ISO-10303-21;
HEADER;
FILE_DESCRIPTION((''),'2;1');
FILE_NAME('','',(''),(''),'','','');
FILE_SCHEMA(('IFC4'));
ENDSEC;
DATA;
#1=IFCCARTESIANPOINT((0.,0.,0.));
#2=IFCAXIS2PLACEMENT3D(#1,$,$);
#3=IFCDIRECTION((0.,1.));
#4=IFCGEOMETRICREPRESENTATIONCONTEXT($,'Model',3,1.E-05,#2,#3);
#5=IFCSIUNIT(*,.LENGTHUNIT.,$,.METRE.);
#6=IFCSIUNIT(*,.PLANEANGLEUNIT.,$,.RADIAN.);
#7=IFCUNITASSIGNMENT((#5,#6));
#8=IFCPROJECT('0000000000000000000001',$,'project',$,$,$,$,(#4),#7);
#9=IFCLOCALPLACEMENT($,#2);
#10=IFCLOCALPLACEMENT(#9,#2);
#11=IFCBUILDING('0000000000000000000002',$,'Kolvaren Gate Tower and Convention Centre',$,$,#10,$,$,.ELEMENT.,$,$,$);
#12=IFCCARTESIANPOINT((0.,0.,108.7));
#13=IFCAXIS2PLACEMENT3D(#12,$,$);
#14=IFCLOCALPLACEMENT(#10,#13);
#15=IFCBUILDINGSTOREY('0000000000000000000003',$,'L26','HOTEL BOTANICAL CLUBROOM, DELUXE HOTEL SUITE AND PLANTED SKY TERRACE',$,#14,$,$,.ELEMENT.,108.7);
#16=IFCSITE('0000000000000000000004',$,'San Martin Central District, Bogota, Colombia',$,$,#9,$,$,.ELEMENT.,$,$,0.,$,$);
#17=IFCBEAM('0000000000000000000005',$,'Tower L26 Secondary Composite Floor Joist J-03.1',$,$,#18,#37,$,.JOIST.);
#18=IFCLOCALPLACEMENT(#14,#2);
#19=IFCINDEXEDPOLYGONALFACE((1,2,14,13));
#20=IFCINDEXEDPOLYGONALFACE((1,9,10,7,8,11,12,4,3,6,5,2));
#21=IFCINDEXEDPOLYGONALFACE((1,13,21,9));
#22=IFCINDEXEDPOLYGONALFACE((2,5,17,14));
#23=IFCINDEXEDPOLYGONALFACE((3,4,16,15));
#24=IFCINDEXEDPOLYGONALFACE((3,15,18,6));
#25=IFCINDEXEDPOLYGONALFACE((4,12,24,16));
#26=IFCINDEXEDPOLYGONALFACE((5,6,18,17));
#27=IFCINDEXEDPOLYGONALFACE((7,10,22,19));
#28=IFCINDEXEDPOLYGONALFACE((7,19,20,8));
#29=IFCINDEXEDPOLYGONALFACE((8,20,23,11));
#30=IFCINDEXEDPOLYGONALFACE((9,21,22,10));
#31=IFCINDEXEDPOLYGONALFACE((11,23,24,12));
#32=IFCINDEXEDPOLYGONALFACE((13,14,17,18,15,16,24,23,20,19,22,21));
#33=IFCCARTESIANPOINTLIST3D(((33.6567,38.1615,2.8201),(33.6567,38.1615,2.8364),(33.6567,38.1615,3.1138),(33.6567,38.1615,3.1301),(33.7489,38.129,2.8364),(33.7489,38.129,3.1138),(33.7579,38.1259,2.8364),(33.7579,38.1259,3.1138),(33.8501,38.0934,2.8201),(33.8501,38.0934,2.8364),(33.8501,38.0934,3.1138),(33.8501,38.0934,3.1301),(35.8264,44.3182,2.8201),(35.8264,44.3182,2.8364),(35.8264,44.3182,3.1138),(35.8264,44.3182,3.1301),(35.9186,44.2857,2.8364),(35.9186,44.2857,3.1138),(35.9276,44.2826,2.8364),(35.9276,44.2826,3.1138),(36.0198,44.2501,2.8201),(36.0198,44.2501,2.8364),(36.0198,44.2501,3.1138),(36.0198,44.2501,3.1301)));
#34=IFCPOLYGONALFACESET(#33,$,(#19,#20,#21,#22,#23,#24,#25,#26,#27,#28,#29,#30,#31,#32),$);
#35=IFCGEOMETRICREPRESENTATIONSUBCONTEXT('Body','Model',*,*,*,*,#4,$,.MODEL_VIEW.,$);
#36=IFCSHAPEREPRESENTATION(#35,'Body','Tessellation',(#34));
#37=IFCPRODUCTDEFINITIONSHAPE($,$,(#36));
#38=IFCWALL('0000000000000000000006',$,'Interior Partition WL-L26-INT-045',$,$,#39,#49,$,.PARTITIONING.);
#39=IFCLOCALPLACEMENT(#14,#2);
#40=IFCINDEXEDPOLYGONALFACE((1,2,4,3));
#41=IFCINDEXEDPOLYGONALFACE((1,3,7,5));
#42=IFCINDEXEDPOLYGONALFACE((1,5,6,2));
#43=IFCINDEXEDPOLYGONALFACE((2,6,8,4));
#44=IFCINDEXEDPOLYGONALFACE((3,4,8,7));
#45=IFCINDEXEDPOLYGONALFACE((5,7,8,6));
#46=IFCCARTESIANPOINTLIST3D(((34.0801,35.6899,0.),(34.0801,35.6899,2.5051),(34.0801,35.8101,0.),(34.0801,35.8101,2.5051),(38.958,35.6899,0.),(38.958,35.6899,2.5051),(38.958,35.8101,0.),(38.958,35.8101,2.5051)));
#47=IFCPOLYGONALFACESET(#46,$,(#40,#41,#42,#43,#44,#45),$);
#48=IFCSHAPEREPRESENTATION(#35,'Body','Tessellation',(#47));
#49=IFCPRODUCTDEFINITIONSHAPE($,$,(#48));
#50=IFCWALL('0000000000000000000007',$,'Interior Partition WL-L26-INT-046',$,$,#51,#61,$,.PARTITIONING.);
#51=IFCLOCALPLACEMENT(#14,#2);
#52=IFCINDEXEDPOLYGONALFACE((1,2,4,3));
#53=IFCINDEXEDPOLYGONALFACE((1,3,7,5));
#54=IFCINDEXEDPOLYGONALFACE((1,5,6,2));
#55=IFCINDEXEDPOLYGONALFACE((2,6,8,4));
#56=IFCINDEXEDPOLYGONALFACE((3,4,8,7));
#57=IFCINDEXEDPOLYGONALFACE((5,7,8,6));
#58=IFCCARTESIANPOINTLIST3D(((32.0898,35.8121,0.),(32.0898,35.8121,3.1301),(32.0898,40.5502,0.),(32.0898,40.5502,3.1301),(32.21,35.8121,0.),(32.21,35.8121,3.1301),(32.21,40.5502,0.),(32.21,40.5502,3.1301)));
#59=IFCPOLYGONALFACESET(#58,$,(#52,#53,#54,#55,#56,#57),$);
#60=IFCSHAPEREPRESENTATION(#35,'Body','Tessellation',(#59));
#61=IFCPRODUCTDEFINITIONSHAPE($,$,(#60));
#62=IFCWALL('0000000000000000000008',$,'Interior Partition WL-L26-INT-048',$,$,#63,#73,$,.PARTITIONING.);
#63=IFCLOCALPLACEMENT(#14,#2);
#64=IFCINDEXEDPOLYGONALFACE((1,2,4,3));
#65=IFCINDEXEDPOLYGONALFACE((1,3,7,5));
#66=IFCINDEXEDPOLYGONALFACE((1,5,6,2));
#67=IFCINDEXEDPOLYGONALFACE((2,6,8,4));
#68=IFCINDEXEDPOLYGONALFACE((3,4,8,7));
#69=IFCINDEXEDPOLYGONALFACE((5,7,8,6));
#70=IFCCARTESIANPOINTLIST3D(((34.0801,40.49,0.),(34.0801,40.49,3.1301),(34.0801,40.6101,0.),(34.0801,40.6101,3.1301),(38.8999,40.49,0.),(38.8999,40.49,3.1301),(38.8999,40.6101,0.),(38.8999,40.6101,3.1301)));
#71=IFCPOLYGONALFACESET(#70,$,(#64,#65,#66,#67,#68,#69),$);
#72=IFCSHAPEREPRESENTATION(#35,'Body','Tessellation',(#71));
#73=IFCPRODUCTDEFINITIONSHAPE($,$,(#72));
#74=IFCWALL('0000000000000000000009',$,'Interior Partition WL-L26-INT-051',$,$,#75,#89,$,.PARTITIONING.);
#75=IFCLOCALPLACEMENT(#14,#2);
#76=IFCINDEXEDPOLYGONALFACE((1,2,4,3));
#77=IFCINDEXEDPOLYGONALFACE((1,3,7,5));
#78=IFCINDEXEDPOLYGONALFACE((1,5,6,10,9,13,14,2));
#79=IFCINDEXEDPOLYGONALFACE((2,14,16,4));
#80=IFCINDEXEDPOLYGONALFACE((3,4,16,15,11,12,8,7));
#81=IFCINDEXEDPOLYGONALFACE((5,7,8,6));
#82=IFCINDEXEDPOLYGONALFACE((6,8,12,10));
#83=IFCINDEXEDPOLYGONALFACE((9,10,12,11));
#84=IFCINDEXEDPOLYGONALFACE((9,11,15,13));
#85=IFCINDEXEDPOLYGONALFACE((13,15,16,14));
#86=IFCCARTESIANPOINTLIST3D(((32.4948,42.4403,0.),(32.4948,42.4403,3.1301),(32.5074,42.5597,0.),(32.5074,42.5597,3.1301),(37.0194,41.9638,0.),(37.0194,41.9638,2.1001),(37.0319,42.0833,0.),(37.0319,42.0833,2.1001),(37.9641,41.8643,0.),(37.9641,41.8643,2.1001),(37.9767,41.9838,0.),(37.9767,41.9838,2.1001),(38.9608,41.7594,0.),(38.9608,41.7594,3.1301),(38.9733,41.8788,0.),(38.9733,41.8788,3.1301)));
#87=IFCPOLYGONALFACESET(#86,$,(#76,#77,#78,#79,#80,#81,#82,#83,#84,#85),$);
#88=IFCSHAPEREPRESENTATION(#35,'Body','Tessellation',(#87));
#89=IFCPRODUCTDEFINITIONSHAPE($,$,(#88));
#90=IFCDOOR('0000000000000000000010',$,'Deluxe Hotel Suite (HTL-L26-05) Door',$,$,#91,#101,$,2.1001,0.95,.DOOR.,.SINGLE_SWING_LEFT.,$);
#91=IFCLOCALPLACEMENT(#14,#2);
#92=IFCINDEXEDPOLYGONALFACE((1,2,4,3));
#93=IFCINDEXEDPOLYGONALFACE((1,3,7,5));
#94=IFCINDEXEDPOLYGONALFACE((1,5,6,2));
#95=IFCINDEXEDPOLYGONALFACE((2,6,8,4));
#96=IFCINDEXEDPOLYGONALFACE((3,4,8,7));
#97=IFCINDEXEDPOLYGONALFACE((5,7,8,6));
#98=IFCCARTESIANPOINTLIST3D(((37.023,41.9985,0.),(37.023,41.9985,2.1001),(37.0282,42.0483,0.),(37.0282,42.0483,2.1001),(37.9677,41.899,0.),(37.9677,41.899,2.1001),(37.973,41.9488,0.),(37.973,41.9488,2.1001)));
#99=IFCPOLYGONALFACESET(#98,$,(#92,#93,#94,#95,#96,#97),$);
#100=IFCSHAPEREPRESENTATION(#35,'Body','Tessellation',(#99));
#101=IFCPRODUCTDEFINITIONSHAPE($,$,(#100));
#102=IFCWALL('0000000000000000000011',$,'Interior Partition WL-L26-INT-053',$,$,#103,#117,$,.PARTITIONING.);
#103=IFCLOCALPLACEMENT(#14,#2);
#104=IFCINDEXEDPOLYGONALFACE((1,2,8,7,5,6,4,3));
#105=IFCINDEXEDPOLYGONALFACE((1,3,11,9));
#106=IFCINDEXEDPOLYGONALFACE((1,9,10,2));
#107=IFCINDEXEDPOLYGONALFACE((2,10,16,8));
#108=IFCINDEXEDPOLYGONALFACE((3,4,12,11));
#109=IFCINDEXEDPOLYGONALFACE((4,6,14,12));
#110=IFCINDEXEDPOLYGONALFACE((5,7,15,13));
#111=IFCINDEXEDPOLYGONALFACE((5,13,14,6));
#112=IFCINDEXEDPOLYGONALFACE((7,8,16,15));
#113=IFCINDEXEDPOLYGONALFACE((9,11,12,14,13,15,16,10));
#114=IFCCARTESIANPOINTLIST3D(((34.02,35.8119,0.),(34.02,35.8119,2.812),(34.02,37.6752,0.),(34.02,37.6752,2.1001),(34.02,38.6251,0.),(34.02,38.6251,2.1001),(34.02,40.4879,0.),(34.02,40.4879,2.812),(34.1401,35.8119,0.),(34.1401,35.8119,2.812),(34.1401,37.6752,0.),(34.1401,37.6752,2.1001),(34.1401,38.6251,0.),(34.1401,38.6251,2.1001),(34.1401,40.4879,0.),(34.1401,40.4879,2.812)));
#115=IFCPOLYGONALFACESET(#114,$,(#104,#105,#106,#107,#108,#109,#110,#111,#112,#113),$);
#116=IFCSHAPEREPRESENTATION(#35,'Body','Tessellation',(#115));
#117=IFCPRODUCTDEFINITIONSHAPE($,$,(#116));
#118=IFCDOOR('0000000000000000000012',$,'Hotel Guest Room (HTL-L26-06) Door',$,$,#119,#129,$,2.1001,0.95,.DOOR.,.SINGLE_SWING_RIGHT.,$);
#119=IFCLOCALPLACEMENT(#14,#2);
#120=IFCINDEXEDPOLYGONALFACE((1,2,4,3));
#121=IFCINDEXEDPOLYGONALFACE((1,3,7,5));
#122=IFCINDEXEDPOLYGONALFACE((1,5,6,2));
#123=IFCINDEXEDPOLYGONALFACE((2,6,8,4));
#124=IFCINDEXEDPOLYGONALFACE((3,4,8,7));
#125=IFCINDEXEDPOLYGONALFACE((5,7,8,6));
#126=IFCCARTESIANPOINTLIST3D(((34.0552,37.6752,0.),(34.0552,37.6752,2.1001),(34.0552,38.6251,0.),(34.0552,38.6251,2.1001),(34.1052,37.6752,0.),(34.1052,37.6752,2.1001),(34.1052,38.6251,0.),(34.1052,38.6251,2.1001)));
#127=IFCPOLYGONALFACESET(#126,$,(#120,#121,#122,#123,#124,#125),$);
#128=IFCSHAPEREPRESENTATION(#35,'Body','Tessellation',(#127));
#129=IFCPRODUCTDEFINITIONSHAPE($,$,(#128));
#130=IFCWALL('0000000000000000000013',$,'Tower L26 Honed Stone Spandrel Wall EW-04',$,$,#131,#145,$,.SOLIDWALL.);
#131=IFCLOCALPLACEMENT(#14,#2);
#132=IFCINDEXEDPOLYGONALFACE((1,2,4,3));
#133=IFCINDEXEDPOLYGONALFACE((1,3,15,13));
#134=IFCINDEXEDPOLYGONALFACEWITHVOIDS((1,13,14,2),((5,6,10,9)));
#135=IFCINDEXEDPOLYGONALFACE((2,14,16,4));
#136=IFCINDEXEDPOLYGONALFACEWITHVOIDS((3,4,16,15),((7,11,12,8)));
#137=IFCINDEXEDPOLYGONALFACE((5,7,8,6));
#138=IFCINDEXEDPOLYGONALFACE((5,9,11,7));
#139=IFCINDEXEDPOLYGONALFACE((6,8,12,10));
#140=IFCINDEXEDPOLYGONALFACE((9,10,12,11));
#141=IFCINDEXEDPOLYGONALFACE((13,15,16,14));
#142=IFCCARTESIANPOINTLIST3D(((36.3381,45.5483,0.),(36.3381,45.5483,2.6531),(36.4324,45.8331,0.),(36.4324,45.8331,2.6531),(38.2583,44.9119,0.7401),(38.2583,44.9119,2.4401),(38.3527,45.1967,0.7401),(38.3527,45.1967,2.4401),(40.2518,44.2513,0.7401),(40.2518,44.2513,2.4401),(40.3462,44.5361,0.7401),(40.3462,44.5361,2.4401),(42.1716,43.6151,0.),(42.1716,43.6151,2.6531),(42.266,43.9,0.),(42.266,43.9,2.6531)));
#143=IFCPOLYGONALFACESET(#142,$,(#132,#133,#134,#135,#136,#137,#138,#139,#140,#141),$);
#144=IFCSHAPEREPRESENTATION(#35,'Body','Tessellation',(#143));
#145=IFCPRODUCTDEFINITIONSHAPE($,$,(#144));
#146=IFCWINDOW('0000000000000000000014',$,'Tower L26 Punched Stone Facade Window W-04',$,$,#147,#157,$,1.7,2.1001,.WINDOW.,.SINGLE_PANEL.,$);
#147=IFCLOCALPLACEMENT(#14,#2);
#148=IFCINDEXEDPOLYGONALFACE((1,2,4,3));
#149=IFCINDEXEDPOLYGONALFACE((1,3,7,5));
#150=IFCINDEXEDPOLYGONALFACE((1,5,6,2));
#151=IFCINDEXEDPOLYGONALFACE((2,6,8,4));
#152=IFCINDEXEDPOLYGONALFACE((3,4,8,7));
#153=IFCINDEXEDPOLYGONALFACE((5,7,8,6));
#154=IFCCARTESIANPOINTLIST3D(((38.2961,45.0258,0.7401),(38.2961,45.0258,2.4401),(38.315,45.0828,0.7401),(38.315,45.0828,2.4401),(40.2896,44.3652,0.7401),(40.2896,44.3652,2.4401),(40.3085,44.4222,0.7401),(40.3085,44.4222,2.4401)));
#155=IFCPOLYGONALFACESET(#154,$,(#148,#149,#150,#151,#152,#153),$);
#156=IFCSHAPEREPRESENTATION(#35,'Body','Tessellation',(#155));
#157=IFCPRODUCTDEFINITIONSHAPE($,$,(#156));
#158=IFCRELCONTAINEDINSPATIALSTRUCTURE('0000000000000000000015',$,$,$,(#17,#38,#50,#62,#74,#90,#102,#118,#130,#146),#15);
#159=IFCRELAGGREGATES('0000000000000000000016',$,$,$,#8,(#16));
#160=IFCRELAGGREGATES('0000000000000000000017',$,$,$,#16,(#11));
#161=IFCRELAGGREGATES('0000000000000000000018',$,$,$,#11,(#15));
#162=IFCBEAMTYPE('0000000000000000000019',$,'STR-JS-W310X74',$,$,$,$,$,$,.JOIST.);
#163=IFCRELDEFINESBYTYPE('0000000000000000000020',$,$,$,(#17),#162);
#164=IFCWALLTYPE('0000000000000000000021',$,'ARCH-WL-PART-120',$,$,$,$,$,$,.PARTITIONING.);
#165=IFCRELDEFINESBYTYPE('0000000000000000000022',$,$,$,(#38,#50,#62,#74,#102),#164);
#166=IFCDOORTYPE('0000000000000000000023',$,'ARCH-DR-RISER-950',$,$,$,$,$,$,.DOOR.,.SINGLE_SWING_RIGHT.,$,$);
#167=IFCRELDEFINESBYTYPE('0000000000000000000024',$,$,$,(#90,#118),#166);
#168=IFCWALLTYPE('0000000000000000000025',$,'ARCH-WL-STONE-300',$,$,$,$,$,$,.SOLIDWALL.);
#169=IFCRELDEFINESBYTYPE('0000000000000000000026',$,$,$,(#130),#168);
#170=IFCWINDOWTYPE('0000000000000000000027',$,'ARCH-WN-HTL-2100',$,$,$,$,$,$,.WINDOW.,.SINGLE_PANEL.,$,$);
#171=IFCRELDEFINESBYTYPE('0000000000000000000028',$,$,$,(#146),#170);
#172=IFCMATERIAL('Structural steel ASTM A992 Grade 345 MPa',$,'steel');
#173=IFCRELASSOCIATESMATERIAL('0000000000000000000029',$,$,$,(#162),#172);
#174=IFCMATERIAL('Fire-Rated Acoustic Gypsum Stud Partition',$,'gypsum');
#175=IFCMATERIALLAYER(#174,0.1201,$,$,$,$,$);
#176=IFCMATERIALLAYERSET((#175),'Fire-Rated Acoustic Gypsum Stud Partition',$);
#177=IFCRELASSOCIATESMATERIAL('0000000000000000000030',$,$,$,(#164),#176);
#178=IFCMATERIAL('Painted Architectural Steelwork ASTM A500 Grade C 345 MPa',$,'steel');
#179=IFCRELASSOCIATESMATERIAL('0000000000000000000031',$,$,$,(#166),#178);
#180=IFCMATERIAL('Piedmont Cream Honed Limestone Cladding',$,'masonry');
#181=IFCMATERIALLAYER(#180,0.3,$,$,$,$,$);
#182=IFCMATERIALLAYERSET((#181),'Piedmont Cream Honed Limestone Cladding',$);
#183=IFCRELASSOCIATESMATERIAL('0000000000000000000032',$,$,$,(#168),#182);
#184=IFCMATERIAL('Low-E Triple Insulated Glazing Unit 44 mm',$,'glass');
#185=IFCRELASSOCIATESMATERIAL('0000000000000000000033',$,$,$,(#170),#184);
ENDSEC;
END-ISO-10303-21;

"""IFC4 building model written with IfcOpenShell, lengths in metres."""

from ifc_helpers import new_model, si_unit, direction, frame, frame_2d, origin, origin_2d, place, context, subcontext, project, spatial, rectangle, i_section, extrude, material, layer, layer_set, material_profile, profile_set, type_object, element, fill, save


model = new_model("IFC4")

# Units and contexts
model_context = context("Model", 3, precision=1e-05, world=origin(), true_north=direction((0.0, 1.0)))
body_context = subcontext(model_context, "Body", "Model", "MODEL_VIEW")
ifc_project = project(units=[si_unit("LENGTHUNIT", "METRE"), si_unit("PLANEANGLEUNIT", "RADIAN")], contexts=[model_context])

# Site, building, storey
site_placement = place(None, origin())
site = spatial("IfcSite", under=ifc_project, at=site_placement, Name="San Martin Central District, Bogota, Colombia", CompositionType="ELEMENT", RefElevation=0.0)
building_placement = place(site_placement, origin())
building = spatial("IfcBuilding", under=site, at=building_placement, Name="Kolvaren Gate Tower and Convention Centre", CompositionType="ELEMENT")
storey_placement = place(building_placement, frame((0.0, 0.0, 108.7)))
storey = spatial("IfcBuildingStorey", under=building, at=storey_placement, Name="L26", Description="HOTEL BOTANICAL CLUBROOM, DELUXE HOTEL SUITE AND PLANTED SKY TERRACE", CompositionType="ELEMENT", Elevation=108.7)

# Beam
ifc_material_1 = material(Name="Structural steel ASTM A992 Grade 345 MPa", Category="steel")
ifc_material_profile = material_profile(ifc_material_1, i_section(OverallWidth=0.2051, OverallDepth=0.3101, WebThickness=0.0095, FlangeThickness=0.0164, at=origin_2d()), Name="W310X74")
ifc_profile_set = profile_set([ifc_material_profile], Name="Structural steel ASTM A992 Grade 345 MPa")
beam_type = type_object("IfcBeamType", Name="STR-JS-W310X74", PredefinedType="JOIST", material=ifc_profile_set)
beam_placement = place(storey_placement, frame((33.7534, 38.1274, 2.9751), z_axis=(0.332372, 0.943148, 0.0), x_axis=(-0.943148, 0.332372, 0.0)))
element("IfcBeam", 1, at=beam_placement, inside=storey, type_object=beam_type, Name="Tower L26 Secondary Composite Floor Joist J-03.1", PredefinedType="JOIST", context=body_context, shape_type="SweptSolid", body=[
    extrude(i_section(OverallWidth=0.2051, OverallDepth=0.3101, WebThickness=0.0095, FlangeThickness=0.0164, at=origin_2d()), origin(), (0.0, 0.0, 1.0), 6.5278),
])

# Walls
ifc_material_2 = material(Name="Fire-Rated Acoustic Gypsum Stud Partition", Category="gypsum")
ifc_layer_1 = layer(ifc_material_2, 0.1201)
ifc_layer_set_1 = layer_set([ifc_layer_1], Name="Fire-Rated Acoustic Gypsum Stud Partition")
wall_type_1 = type_object("IfcWallType", Name="ARCH-WL-PART-120", PredefinedType="PARTITIONING", material=ifc_layer_set_1)
wall_1_placement = place(storey_placement, frame((34.0801, 35.75, 0.0), z_axis=(0.0, 0.0, 1.0), x_axis=(1.0, 0.0, 0.0)))
element("IfcWall", 2, at=wall_1_placement, inside=storey, type_object=wall_type_1, Name="Interior Partition WL-L26-INT-045", PredefinedType="PARTITIONING", context=body_context, shape_type="SweptSolid", body=[
    extrude(rectangle(XDim=4.8779, YDim=0.1201, at=frame_2d((2.439, 0.0))), origin(), (0.0, 0.0, 1.0), 2.5051),
])
wall_2_placement = place(storey_placement, frame((32.1499, 35.812, 0.0), z_axis=(0.0, 0.0, 1.0), x_axis=(0.0, 1.0, 0.0)))
element("IfcWall", 3, at=wall_2_placement, inside=storey, type_object=wall_type_1, Name="Interior Partition WL-L26-INT-046", PredefinedType="PARTITIONING", context=body_context, shape_type="SweptSolid", body=[
    extrude(rectangle(XDim=4.738, YDim=0.1201, at=frame_2d((2.3691, 0.0))), origin(), (0.0, 0.0, 1.0), 3.1301),
])
wall_3_placement = place(storey_placement, frame((34.0801, 40.55, 0.0), z_axis=(0.0, 0.0, 1.0), x_axis=(1.0, 0.0, 0.0)))
element("IfcWall", 4, at=wall_3_placement, inside=storey, type_object=wall_type_1, Name="Interior Partition WL-L26-INT-048", PredefinedType="PARTITIONING", context=body_context, shape_type="SweptSolid", body=[
    extrude(rectangle(XDim=4.8198, YDim=0.1201, at=frame_2d((2.4099, 0.0))), origin(), (0.0, 0.0, 1.0), 3.1301),
])

# Walls, openings, doors
wall_4_placement = place(storey_placement, frame((32.501, 42.5, 0.0), z_axis=(0.0, 0.0, 1.0), x_axis=(0.994501, -0.104726, 0.0)))
wall_4 = element("IfcWall", 5, at=wall_4_placement, inside=storey, type_object=wall_type_1, Name="Interior Partition WL-L26-INT-051", PredefinedType="PARTITIONING", context=body_context, shape_type="SweptSolid", body=[
    extrude(rectangle(XDim=6.5017, YDim=0.1201, at=frame_2d((3.251, 0.0))), origin(), (0.0, 0.0, 1.0), 3.1301),
])
opening_1_placement = place(wall_4_placement, frame((4.5496, 0.0, 0.0)))
opening_1 = element("IfcOpeningElement", 6, at=opening_1_placement, cuts=wall_4, PredefinedType="OPENING", context=body_context, shape_type="SweptSolid", body=[
    extrude(rectangle(XDim=0.95, YDim=2.1001, at=frame_2d((0.4751, 1.05))), frame((0.0, 0.0701, 0.0), z_axis=(0.0, -1.0, 0.0), x_axis=(1.0, 0.0, 0.0)), (0.0, 0.0, 1.0), 0.1401),
])
ifc_material_3 = material(Name="Painted Architectural Steelwork ASTM A500 Grade C 345 MPa", Category="steel")
door_type_1 = type_object("IfcDoorType", Name="ARCH-DR-RISER-950", OperationType="SINGLE_SWING_RIGHT", PredefinedType="DOOR", material=ifc_material_3)
door_1_placement = place(opening_1_placement, origin())
door_1 = element("IfcDoor", 7, at=door_1_placement, inside=storey, type_object=door_type_1, Name="Deluxe Hotel Suite (HTL-L26-05) Door", OperationType="SINGLE_SWING_LEFT", OverallHeight=2.1001, OverallWidth=0.95, PredefinedType="DOOR", context=body_context, shape_type="SweptSolid", body=[
    extrude(rectangle(XDim=0.95, YDim=2.1001, at=frame_2d((0.4751, 1.05))), frame((0.0, 0.0249, 0.0), z_axis=(0.0, -1.0, 0.0), x_axis=(1.0, 0.0, 0.0)), (0.0, 0.0, 1.0), 0.05),
])
fill(opening_1, door_1)
wall_5_placement = place(storey_placement, frame((34.0801, 35.812, 0.0), z_axis=(0.0, 0.0, 1.0), x_axis=(0.0, 1.0, 0.0)))
wall_5 = element("IfcWall", 8, at=wall_5_placement, inside=storey, type_object=wall_type_1, Name="Interior Partition WL-L26-INT-053", PredefinedType="PARTITIONING", context=body_context, shape_type="SweptSolid", body=[
    extrude(rectangle(XDim=4.676, YDim=0.1201, at=frame_2d((2.3379, 0.0))), origin(), (0.0, 0.0, 1.0), 2.812),
])
opening_2_placement = place(wall_5_placement, frame((1.863, 0.0, 0.0)))
opening_2 = element("IfcOpeningElement", 9, at=opening_2_placement, cuts=wall_5, PredefinedType="OPENING", context=body_context, shape_type="SweptSolid", body=[
    extrude(rectangle(XDim=0.95, YDim=2.1001, at=frame_2d((0.4751, 1.05))), frame((0.0, 0.0701, 0.0), z_axis=(0.0, -1.0, 0.0), x_axis=(1.0, 0.0, 0.0)), (0.0, 0.0, 1.0), 0.1401),
])
door_2_placement = place(opening_2_placement, origin())
door_2 = element("IfcDoor", 10, at=door_2_placement, inside=storey, type_object=door_type_1, Name="Hotel Guest Room (HTL-L26-06) Door", OperationType="SINGLE_SWING_RIGHT", OverallHeight=2.1001, OverallWidth=0.95, PredefinedType="DOOR", context=body_context, shape_type="SweptSolid", body=[
    extrude(rectangle(XDim=0.95, YDim=2.1001, at=frame_2d((0.4751, 1.05))), frame((0.0, 0.0249, 0.0), z_axis=(0.0, -1.0, 0.0), x_axis=(1.0, 0.0, 0.0)), (0.0, 0.0, 1.0), 0.05),
])
fill(opening_2, door_2)

# Wall, opening, window
ifc_material_4 = material(Name="Piedmont Cream Honed Limestone Cladding", Category="masonry")
ifc_layer_2 = layer(ifc_material_4, 0.3)
ifc_layer_set_2 = layer_set([ifc_layer_2], Name="Piedmont Cream Honed Limestone Cladding")
wall_type_2 = type_object("IfcWallType", Name="ARCH-WL-STONE-300", PredefinedType="SOLIDWALL", material=ifc_layer_set_2)
wall_6_placement = place(storey_placement, frame((36.3853, 45.6907, 0.0), z_axis=(0.0, 0.0, 1.0), x_axis=(0.949238, -0.314559, 0.0)))
wall_6 = element("IfcWall", 11, at=wall_6_placement, inside=storey, type_object=wall_type_2, Name="Tower L26 Honed Stone Spandrel Wall EW-04", PredefinedType="SOLIDWALL", context=body_context, shape_type="SweptSolid", body=[
    extrude(rectangle(XDim=6.1455, YDim=0.3, at=frame_2d((3.0728, 0.0))), origin(), (0.0, 0.0, 1.0), 2.6531),
])
opening_3_placement = place(wall_6_placement, frame((2.0229, 0.0, 0.74)))
opening_3 = element("IfcOpeningElement", 12, at=opening_3_placement, cuts=wall_6, PredefinedType="OPENING", context=body_context, shape_type="SweptSolid", body=[
    extrude(rectangle(XDim=2.1001, YDim=1.7, at=frame_2d((1.05, 0.8501))), frame((0.0, 0.1599, 0.0), z_axis=(0.0, -1.0, 0.0), x_axis=(1.0, 0.0, 0.0)), (0.0, 0.0, 1.0), 0.3201),
])
ifc_material_5 = material(Name="Low-E Triple Insulated Glazing Unit 44 mm", Category="glass")
window_type_1 = type_object("IfcWindowType", Name="ARCH-WN-HTL-2100", PartitioningType="SINGLE_PANEL", PredefinedType="WINDOW", material=ifc_material_5)
window_1_placement = place(opening_3_placement, origin())
window_1 = element("IfcWindow", 13, at=window_1_placement, inside=storey, type_object=window_type_1, Name="Tower L26 Punched Stone Facade Window W-04", OverallHeight=1.7, OverallWidth=2.1001, PartitioningType="SINGLE_PANEL", PredefinedType="WINDOW", context=body_context, shape_type="SweptSolid", body=[
    extrude(rectangle(XDim=2.1001, YDim=1.7, at=frame_2d((1.05, 0.8501))), frame((0.0, 0.03, 0.0), z_axis=(0.0, -1.0, 0.0), x_axis=(1.0, 0.0, 0.0)), (0.0, 0.0, 1.0), 0.0601),
])
fill(opening_3, window_1)

save(model, "model.ifc")
